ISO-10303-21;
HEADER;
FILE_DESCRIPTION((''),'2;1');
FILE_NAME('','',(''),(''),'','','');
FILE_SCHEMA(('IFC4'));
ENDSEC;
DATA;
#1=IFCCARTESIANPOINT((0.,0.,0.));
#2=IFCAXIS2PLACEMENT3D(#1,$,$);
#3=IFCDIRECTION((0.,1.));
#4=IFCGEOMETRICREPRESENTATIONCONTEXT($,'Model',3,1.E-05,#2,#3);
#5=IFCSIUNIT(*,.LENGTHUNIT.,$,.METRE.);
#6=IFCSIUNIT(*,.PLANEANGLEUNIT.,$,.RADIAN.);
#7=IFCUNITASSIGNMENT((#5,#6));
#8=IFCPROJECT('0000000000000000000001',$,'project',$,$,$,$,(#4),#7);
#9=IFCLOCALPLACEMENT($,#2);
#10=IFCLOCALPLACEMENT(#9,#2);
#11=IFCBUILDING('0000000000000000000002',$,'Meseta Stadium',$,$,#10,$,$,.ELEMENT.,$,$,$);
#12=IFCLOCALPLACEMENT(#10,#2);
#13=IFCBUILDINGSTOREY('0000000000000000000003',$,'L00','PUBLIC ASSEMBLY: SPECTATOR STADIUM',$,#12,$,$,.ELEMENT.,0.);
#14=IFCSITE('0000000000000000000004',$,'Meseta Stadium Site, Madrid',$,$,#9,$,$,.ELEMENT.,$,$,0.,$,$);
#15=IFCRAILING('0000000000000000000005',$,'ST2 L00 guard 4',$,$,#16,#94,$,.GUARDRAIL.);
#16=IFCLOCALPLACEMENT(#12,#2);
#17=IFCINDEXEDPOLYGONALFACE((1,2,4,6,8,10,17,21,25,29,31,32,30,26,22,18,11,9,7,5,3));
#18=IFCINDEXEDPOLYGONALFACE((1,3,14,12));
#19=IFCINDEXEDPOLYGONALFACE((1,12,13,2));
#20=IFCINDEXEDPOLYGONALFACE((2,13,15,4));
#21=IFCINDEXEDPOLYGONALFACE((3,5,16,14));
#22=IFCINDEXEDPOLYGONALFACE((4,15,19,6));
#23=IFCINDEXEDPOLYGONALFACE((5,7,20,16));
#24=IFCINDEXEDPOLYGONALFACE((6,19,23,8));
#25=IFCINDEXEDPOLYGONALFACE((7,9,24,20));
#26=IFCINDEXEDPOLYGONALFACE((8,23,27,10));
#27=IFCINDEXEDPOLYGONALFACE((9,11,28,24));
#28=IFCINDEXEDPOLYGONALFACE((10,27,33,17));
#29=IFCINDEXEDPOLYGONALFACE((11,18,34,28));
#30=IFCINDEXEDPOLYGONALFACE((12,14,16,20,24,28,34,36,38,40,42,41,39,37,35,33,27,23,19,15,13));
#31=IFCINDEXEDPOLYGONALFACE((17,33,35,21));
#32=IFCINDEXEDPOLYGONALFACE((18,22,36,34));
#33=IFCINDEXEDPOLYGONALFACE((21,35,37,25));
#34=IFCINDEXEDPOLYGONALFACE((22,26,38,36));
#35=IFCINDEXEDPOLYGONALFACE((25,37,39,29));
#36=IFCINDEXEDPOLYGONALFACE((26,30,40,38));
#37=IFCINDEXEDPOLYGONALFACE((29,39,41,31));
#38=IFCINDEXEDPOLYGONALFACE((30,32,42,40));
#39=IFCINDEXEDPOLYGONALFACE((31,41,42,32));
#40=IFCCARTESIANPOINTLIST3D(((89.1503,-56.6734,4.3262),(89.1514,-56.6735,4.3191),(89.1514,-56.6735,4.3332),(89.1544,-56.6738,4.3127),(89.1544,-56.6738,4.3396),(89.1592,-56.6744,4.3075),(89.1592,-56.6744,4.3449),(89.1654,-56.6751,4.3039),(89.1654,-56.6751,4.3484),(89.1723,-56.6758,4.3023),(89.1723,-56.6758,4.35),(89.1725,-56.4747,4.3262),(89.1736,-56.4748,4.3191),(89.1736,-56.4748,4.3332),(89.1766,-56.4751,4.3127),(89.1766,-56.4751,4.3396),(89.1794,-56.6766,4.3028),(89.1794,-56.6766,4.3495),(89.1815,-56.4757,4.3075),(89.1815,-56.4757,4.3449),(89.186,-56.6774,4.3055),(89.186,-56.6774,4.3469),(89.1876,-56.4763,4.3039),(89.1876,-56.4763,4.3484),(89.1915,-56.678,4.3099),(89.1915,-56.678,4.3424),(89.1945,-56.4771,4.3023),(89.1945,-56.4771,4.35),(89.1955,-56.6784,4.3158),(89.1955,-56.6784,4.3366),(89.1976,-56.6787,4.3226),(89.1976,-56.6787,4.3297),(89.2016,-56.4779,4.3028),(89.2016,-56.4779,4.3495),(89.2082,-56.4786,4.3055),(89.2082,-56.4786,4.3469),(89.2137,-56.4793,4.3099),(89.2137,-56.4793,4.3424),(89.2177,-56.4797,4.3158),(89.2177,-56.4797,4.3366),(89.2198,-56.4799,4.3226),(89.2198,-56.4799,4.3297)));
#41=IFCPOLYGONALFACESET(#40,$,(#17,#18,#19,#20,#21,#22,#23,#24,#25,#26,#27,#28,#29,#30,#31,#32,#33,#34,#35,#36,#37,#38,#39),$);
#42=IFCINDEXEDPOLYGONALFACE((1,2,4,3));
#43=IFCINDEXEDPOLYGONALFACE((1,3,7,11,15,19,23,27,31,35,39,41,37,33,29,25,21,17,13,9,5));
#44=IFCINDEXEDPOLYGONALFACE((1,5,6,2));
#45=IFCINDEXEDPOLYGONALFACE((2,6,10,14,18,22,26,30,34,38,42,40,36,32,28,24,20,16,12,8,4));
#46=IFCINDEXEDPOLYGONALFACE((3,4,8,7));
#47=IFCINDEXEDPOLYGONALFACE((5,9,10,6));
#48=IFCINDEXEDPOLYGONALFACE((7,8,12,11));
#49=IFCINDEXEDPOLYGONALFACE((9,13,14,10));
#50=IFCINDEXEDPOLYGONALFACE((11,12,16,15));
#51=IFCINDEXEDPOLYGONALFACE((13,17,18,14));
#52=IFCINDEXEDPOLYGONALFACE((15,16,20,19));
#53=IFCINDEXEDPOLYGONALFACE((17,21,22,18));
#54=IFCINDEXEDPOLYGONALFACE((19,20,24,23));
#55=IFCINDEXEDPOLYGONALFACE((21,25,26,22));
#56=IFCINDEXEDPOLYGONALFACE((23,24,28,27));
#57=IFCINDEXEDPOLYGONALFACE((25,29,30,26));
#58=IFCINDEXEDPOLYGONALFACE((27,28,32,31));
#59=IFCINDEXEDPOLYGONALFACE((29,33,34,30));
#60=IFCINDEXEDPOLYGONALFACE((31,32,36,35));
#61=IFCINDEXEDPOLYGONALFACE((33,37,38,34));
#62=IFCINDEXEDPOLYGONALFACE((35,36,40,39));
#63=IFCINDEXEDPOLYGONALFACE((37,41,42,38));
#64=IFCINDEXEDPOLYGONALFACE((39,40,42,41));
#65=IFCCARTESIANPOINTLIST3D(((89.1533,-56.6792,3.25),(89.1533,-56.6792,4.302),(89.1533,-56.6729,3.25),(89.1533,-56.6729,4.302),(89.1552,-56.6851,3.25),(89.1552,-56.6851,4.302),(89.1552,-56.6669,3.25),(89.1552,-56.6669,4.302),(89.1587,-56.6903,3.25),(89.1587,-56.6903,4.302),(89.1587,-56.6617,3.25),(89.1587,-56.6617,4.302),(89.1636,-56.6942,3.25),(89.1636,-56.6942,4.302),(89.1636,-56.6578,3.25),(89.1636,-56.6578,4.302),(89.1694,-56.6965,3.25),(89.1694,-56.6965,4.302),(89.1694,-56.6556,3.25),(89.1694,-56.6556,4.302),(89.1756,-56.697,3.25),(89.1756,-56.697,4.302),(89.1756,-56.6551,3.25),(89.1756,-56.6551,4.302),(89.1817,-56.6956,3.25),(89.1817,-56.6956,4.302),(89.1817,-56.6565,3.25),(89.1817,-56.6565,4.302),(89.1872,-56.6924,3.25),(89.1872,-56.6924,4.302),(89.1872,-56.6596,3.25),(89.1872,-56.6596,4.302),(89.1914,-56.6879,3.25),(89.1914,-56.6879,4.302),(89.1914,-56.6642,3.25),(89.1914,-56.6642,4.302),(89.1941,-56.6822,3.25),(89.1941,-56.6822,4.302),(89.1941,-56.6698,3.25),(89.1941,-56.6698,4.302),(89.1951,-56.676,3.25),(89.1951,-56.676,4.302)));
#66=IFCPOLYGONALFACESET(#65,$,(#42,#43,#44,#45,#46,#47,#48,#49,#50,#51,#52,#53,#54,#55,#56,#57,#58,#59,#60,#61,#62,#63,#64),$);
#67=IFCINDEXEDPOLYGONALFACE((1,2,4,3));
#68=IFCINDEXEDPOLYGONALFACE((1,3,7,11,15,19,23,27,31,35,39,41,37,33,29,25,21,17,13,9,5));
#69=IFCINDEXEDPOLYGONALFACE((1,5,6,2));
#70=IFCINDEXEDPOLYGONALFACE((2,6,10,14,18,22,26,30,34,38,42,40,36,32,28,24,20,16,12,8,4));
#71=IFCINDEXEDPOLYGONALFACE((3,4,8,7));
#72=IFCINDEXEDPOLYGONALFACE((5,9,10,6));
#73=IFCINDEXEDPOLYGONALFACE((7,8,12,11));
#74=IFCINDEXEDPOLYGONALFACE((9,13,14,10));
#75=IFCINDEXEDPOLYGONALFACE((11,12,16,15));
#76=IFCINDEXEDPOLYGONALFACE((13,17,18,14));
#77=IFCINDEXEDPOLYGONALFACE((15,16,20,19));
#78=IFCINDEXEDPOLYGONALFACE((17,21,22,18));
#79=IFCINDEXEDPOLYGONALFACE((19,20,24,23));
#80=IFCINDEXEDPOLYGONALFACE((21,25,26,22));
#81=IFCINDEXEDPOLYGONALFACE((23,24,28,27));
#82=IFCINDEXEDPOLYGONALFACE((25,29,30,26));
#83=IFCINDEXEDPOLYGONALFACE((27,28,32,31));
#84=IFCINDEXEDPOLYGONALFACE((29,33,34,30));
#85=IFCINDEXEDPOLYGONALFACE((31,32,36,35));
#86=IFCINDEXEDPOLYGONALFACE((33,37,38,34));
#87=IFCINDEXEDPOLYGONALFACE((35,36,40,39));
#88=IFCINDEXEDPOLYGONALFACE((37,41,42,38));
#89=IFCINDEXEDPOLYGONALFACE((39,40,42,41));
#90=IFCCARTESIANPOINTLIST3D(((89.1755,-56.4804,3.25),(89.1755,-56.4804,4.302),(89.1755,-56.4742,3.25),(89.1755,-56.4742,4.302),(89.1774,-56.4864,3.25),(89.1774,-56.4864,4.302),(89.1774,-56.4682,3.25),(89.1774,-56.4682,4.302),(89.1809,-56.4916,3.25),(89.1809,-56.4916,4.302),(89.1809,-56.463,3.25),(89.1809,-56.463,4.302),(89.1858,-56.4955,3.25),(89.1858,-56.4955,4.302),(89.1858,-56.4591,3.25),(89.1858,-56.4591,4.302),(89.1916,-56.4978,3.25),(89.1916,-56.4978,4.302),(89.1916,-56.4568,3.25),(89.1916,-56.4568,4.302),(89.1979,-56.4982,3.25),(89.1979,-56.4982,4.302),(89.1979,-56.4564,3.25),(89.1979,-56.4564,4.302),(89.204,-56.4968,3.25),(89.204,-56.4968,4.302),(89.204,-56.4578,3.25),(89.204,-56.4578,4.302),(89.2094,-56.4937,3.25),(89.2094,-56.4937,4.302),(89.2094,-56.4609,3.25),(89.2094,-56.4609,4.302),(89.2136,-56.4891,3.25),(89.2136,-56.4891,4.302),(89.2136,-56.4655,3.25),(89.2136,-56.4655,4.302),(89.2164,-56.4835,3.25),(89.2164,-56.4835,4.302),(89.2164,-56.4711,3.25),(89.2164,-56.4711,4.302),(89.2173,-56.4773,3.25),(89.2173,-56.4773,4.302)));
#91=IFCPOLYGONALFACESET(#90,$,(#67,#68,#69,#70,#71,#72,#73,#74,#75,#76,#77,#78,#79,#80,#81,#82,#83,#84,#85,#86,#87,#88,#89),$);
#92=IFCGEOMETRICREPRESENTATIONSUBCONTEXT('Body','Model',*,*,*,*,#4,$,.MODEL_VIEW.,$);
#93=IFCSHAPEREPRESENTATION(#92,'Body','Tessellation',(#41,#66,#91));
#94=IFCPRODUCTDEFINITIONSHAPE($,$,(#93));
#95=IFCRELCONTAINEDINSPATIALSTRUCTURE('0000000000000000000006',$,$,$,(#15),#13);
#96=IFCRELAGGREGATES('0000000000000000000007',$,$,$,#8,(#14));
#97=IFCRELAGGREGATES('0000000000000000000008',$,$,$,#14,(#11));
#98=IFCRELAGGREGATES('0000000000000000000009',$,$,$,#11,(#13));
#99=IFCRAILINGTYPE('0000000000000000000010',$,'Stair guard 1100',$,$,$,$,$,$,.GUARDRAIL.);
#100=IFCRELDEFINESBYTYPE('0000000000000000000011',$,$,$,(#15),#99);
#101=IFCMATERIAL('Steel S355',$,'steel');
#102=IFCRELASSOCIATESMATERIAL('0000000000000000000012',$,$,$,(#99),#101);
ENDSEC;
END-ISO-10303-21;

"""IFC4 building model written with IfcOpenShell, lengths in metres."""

from ifc_helpers import new_model, si_unit, direction, frame, origin, origin_2d, place, context, subcontext, project, spatial, circle, extrude, material, type_object, element, save


model = new_model("IFC4")

# Units and contexts
model_context = context("Model", 3, precision=1e-05, world=origin(), true_north=direction((0.0, 1.0)))
body_context = subcontext(model_context, "Body", "Model", "MODEL_VIEW")
ifc_project = project(units=[si_unit("LENGTHUNIT", "METRE"), si_unit("PLANEANGLEUNIT", "RADIAN")], contexts=[model_context])

# Site, building, storey
site_placement = place(None, origin())
site = spatial("IfcSite", under=ifc_project, at=site_placement, Name="Meseta Stadium Site, Madrid", CompositionType="ELEMENT", RefElevation=0.0)
building_placement = place(site_placement, origin())
building = spatial("IfcBuilding", under=site, at=building_placement, Name="Meseta Stadium", CompositionType="ELEMENT")
storey_placement = place(building_placement, origin())
storey = spatial("IfcBuildingStorey", under=building, at=storey_placement, Name="L00", Description="PUBLIC ASSEMBLY: SPECTATOR STADIUM", CompositionType="ELEMENT", Elevation=0.0)

# Railing
ifc_material_1 = material(Name="Steel S355", Category="steel")
railing_type_1 = type_object("IfcRailingType", Name="Stair guard 1100", PredefinedType="GUARDRAIL", material=ifc_material_1)
railing_1_placement = place(storey_placement, frame((89.1741, -56.676, 3.25)))
element("IfcRailing", 1, at=railing_1_placement, inside=storey, type_object=railing_type_1, Name="ST2 L00 guard 4", PredefinedType="GUARDRAIL", context=body_context, shape_type="SweptSolid", body=[
    extrude(circle(Radius=0.0239, at=origin_2d()), frame((0.0, 0.0, 1.0762), z_axis=(0.111102, 0.993809, 0.0), x_axis=(-0.993809, 0.111102, 0.0)), (0.0, 0.0, 1.0), 0.2),
    extrude(circle(Radius=0.021, at=origin_2d()), origin(), (0.0, 0.0, 1.0), 1.052),
    extrude(circle(Radius=0.021, at=origin_2d()), frame((0.0222, 0.1987, 0.0)), (0.0, 0.0, 1.0), 1.052),
])

save(model, "model.ifc")
